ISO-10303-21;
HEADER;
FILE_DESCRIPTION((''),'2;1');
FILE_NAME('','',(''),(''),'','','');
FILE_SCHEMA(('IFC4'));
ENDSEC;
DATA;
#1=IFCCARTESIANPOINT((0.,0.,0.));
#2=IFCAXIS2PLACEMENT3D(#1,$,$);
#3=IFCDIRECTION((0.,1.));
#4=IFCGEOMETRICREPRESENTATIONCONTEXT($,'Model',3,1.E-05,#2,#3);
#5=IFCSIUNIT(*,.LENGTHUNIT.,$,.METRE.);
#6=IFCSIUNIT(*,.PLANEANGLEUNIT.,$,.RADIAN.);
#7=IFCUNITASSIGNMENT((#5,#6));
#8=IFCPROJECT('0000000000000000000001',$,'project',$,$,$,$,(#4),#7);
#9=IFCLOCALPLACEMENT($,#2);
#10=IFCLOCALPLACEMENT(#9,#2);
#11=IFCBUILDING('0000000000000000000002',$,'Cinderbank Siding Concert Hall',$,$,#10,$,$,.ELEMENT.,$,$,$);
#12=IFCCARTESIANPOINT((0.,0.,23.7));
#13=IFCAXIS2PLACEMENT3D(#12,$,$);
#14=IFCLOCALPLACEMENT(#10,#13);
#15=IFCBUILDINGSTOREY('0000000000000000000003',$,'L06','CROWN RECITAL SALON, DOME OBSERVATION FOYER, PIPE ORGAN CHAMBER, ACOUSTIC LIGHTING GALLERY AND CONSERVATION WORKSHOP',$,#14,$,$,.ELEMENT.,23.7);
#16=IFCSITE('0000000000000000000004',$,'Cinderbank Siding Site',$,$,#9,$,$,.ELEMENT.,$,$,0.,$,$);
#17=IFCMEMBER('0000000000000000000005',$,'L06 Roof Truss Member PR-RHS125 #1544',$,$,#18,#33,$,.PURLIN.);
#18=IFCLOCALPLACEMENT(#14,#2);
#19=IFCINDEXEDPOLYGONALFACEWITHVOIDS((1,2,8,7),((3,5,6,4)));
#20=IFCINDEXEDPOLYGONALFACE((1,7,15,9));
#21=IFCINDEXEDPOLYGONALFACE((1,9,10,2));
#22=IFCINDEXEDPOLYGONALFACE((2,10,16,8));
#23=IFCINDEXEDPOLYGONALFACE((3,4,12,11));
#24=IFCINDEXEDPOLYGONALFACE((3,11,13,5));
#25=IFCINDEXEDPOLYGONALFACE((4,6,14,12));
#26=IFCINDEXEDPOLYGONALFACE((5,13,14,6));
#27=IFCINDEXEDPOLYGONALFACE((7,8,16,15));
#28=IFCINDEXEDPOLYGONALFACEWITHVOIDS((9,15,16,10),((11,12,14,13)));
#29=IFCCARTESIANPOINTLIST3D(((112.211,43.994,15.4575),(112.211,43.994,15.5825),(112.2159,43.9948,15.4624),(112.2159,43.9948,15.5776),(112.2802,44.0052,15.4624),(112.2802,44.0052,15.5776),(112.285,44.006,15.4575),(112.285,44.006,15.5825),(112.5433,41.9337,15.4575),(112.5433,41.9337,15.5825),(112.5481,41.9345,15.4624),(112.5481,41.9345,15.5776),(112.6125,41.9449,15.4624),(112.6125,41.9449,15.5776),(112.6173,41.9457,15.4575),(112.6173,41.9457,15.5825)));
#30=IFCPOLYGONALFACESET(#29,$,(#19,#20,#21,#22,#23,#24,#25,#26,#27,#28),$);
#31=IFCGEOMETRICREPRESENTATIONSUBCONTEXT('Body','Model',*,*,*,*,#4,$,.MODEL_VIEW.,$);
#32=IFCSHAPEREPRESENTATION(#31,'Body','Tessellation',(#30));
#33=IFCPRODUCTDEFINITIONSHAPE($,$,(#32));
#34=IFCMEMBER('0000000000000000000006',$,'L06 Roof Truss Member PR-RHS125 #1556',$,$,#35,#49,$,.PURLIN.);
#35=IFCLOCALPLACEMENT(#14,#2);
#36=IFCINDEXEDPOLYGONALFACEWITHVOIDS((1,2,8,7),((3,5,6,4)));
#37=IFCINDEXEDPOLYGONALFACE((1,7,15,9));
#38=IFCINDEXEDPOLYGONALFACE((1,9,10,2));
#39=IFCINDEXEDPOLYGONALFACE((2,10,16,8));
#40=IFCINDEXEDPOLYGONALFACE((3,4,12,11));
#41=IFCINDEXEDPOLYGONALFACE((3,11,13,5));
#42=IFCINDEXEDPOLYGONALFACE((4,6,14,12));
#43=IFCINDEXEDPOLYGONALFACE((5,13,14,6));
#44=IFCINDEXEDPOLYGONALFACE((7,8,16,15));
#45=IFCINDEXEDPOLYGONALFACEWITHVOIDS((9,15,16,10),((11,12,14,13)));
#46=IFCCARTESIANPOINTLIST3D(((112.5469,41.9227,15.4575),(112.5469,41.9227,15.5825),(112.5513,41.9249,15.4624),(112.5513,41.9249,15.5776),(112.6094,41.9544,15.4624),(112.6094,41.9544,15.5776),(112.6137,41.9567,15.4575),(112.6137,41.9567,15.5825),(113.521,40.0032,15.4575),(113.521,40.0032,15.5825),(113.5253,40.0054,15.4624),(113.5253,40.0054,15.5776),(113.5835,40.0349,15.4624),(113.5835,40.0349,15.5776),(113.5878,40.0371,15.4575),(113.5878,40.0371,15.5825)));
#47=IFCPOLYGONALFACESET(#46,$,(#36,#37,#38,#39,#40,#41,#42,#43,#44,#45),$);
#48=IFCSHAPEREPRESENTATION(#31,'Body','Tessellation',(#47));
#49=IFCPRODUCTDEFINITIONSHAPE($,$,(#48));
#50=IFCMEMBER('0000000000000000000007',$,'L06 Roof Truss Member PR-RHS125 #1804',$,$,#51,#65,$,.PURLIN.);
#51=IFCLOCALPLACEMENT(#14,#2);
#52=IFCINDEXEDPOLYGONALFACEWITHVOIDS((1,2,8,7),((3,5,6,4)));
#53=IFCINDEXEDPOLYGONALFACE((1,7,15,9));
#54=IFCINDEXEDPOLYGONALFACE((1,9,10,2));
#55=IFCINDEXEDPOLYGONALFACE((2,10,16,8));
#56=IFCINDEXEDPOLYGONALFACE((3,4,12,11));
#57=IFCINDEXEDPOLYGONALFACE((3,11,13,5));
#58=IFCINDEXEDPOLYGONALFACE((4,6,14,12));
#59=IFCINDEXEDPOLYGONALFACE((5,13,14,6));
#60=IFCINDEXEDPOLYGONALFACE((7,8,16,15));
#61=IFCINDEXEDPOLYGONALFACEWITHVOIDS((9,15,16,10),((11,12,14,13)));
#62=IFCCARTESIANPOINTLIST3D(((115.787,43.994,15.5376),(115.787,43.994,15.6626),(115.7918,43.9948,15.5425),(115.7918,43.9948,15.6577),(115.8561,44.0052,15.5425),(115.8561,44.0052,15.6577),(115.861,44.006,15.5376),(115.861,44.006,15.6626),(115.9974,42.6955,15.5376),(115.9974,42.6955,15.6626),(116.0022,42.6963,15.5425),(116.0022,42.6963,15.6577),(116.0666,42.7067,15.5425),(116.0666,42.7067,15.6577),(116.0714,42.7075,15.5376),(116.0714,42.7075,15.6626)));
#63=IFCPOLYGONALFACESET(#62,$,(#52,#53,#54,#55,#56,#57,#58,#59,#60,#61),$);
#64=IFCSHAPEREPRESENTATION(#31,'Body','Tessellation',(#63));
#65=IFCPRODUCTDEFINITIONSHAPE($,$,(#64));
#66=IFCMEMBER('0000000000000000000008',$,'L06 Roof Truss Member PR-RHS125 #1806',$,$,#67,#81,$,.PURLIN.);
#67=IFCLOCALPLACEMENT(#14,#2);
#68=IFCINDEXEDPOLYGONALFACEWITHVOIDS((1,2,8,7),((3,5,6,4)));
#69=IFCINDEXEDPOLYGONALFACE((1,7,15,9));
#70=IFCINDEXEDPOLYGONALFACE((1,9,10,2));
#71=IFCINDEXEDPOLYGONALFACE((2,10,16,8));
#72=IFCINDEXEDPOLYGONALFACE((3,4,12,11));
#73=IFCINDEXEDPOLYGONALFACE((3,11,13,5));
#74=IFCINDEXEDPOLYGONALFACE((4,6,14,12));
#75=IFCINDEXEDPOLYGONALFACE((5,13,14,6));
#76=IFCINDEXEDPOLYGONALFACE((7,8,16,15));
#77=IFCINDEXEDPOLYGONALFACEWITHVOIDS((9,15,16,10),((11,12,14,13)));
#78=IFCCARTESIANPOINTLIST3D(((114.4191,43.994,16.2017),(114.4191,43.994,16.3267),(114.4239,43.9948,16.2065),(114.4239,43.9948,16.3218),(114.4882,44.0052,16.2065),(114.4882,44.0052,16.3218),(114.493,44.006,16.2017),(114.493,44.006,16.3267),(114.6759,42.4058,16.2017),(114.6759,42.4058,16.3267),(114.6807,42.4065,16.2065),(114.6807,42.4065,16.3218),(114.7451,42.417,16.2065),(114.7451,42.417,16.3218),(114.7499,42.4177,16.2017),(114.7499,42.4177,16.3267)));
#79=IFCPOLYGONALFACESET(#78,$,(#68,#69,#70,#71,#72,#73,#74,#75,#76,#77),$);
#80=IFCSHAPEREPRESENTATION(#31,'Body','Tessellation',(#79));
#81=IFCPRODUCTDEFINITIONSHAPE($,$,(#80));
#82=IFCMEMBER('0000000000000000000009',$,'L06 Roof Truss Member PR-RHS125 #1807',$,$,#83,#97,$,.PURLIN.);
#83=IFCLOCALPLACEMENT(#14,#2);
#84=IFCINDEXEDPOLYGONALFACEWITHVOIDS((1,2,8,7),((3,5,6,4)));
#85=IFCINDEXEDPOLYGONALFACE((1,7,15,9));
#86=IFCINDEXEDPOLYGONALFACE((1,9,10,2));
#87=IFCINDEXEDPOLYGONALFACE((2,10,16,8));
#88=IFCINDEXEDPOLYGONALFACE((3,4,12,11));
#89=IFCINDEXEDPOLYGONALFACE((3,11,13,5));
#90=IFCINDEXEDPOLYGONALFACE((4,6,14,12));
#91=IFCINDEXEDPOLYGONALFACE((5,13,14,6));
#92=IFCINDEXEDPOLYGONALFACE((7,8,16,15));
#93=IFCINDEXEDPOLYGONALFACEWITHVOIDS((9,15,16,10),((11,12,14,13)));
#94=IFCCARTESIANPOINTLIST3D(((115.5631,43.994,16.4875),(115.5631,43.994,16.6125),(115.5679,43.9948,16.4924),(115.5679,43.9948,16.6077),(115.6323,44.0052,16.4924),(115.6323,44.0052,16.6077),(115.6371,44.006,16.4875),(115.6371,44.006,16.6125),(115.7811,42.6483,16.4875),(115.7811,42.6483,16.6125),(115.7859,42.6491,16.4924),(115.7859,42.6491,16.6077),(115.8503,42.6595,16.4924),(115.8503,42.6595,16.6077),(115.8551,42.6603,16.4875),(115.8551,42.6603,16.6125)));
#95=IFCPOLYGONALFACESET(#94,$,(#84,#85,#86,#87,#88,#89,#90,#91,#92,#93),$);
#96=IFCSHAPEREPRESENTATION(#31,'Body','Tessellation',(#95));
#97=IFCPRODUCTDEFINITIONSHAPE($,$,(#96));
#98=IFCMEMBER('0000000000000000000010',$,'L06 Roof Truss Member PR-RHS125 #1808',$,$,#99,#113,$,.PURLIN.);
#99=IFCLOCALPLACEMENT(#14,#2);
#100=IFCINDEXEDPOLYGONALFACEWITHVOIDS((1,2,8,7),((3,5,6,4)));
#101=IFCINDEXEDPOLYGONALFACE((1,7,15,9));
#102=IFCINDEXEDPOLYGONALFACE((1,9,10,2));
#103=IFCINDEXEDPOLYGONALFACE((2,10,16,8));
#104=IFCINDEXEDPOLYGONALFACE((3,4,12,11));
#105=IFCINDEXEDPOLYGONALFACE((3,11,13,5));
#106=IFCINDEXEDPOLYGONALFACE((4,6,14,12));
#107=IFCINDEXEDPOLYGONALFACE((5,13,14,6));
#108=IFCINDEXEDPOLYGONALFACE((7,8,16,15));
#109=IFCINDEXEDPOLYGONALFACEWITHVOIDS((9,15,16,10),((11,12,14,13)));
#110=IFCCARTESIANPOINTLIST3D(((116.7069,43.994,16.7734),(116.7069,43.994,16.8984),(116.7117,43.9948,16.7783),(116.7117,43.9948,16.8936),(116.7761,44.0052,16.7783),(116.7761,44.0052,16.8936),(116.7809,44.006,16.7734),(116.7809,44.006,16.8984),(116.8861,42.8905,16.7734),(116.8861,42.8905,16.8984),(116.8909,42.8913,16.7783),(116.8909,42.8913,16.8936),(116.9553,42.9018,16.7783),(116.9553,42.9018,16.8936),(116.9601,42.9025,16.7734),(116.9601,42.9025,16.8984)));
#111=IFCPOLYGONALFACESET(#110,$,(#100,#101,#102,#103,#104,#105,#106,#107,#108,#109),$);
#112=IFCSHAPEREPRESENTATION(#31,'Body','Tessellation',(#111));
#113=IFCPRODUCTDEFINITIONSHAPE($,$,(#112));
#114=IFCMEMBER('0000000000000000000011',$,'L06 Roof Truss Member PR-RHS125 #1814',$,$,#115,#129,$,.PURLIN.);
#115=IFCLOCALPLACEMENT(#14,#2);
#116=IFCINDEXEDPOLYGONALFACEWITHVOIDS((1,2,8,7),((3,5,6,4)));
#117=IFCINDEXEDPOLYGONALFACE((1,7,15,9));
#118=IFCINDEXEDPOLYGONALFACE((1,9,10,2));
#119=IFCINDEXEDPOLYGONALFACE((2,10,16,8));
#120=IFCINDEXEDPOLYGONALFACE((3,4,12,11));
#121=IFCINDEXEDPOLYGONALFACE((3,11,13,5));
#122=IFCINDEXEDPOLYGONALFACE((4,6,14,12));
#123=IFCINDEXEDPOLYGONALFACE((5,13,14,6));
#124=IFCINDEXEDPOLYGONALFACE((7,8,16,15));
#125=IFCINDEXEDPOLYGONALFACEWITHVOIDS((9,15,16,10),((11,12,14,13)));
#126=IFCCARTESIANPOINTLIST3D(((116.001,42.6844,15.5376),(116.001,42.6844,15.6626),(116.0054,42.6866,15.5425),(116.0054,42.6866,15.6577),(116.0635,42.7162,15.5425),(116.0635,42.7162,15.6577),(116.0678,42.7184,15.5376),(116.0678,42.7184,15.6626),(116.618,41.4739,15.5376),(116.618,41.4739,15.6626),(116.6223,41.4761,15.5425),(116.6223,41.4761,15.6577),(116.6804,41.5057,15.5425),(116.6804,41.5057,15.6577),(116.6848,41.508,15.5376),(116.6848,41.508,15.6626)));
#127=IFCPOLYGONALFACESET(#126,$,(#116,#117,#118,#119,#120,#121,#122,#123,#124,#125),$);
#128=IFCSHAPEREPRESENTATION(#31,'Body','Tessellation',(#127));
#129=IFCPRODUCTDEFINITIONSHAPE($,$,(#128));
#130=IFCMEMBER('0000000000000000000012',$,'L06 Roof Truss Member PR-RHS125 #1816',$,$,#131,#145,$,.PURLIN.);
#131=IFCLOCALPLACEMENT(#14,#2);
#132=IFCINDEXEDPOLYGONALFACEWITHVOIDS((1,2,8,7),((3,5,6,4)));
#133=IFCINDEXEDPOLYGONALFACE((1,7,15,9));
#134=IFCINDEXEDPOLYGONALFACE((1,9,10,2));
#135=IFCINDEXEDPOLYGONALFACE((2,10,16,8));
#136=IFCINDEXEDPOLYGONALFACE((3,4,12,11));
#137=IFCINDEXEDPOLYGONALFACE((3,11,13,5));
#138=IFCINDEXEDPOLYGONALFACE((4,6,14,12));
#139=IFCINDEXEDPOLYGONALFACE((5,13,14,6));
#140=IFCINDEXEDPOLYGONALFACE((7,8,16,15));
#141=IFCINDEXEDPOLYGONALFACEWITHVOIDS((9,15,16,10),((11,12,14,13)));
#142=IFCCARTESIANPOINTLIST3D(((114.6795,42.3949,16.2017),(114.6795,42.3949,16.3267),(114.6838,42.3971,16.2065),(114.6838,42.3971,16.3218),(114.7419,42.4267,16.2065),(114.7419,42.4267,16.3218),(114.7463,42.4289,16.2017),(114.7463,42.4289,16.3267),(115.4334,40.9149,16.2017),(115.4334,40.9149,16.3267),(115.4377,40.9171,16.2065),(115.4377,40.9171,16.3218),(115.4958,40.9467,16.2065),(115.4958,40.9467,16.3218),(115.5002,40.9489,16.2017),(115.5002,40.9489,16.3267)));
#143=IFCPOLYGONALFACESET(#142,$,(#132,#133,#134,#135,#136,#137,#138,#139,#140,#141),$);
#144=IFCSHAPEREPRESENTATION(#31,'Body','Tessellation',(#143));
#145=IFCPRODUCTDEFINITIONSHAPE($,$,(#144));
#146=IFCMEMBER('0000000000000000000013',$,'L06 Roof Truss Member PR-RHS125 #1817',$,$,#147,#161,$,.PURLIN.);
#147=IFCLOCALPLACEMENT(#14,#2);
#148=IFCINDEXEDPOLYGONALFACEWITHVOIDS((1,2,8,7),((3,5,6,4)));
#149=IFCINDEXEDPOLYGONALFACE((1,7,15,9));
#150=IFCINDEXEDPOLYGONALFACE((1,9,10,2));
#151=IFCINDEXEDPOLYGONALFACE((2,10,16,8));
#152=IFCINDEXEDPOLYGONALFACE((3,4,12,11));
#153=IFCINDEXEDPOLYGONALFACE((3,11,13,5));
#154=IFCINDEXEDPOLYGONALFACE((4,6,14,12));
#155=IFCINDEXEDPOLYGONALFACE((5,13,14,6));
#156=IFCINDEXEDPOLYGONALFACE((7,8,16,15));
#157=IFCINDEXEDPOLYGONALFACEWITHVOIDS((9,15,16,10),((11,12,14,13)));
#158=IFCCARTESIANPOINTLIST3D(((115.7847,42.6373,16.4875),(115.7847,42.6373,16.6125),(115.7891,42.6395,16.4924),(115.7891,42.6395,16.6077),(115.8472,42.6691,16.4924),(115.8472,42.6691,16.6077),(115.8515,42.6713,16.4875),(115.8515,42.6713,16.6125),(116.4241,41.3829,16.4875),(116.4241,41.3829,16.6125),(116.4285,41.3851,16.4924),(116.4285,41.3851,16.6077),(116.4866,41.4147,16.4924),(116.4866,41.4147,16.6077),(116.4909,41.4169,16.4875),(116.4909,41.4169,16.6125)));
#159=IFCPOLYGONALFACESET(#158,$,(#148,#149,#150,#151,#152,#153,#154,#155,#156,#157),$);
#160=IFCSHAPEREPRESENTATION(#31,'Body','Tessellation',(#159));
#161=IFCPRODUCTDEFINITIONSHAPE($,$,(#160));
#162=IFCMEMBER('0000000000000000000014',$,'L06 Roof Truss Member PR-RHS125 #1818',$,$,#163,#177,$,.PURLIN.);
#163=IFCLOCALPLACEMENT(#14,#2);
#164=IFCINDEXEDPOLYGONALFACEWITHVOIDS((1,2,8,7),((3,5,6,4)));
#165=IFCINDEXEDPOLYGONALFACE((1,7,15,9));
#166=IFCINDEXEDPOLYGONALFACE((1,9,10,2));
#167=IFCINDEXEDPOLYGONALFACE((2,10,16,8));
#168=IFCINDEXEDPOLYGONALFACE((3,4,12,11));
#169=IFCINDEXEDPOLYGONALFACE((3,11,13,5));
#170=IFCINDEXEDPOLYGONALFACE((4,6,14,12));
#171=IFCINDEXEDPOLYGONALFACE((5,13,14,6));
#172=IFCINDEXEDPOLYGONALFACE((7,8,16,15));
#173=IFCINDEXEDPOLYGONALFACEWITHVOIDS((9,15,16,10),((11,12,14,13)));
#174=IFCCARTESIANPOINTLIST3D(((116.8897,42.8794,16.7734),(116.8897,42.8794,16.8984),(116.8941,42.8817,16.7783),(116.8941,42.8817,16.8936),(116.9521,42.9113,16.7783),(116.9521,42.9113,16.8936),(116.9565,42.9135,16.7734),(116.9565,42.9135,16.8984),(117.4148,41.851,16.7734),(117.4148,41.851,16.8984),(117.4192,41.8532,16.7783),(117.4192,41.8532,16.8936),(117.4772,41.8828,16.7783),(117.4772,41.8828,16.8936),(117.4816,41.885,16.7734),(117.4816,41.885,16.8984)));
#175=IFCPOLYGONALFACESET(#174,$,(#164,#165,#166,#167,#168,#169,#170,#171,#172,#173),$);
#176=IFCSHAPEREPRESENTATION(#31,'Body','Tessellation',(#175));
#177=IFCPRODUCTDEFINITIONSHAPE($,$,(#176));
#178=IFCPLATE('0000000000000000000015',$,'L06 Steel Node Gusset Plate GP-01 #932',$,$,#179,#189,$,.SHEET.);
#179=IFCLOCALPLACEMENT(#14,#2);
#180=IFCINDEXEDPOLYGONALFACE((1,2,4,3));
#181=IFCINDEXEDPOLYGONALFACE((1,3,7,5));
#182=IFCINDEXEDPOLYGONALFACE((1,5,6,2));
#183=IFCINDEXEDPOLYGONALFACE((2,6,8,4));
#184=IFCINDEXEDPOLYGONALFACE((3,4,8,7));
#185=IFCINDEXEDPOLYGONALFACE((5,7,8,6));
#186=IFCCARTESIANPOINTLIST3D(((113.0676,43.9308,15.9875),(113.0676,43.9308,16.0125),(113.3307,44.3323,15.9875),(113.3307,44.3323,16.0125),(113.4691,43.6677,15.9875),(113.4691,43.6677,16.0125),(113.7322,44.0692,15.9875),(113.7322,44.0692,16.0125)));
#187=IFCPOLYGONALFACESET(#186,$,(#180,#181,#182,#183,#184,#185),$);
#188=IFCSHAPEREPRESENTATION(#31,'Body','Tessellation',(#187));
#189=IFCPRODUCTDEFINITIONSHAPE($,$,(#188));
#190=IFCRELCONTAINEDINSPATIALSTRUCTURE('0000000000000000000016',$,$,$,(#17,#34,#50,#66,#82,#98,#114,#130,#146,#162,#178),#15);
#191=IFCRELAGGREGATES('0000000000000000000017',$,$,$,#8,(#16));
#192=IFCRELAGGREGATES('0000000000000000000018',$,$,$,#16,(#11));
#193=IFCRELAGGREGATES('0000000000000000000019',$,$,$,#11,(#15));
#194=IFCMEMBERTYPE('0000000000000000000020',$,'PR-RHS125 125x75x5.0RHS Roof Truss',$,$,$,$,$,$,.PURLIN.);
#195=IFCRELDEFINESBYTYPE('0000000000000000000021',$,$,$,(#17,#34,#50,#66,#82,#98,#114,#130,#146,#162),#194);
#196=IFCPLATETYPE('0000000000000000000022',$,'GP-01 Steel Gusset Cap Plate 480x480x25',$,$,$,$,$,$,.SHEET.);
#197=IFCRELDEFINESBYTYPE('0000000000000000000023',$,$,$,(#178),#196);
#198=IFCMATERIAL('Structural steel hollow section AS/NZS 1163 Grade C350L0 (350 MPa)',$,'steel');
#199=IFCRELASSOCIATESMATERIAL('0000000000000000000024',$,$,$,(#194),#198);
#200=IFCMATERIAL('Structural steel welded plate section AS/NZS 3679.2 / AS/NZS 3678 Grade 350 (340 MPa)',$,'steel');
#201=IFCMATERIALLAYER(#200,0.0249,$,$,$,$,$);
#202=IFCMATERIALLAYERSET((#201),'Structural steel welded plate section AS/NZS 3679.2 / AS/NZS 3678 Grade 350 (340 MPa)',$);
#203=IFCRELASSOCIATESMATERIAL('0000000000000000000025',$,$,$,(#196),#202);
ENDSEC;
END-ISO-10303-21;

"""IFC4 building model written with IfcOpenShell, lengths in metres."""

from ifc_helpers import new_model, si_unit, direction, frame, origin, origin_2d, place, context, subcontext, project, spatial, rectangle, hollow_rectangle, extrude, material, layer, layer_set, material_profile, profile_set, type_object, element, save


model = new_model("IFC4")

# Units and contexts
model_context = context("Model", 3, precision=1e-05, world=origin(), true_north=direction((0.0, 1.0)))
body_context = subcontext(model_context, "Body", "Model", "MODEL_VIEW")
ifc_project = project(units=[si_unit("LENGTHUNIT", "METRE"), si_unit("PLANEANGLEUNIT", "RADIAN")], contexts=[model_context])

# Site, building, storey
site_placement = place(None, origin())
site = spatial("IfcSite", under=ifc_project, at=site_placement, Name="Cinderbank Siding Site", CompositionType="ELEMENT", RefElevation=0.0)
building_placement = place(site_placement, origin())
building = spatial("IfcBuilding", under=site, at=building_placement, Name="Cinderbank Siding Concert Hall", CompositionType="ELEMENT")
storey_placement = place(building_placement, frame((0.0, 0.0, 23.7)))
storey = spatial("IfcBuildingStorey", under=building, at=storey_placement, Name="L06", Description="CROWN RECITAL SALON, DOME OBSERVATION FOYER, PIPE ORGAN CHAMBER, ACOUSTIC LIGHTING GALLERY AND CONSERVATION WORKSHOP", CompositionType="ELEMENT", Elevation=23.7)

# Members
ifc_material_1 = material(Name="Structural steel hollow section AS/NZS 1163 Grade C350L0 (350 MPa)", Category="steel")
ifc_material_profile_1 = material_profile(ifc_material_1, hollow_rectangle(XDim=0.075, YDim=0.125, WallThickness=0.0049, at=origin_2d()), Name="125x75x5.0RHS", Category="LoadBearing")
ifc_profile_set_1 = profile_set([ifc_material_profile_1], Name="Structural steel hollow section AS/NZS 1163 Grade C350L0 (350 MPa)")
member_type_1 = type_object("IfcMemberType", Name="PR-RHS125 125x75x5.0RHS Roof Truss", PredefinedType="PURLIN", material=ifc_profile_set_1)
member_1_placement = place(storey_placement, frame((112.248, 44.0, 15.52), z_axis=(0.159218, -0.987243, 0.0), x_axis=(0.987243, 0.159218, 0.0)))
element("IfcMember", 1, at=member_1_placement, inside=storey, type_object=member_type_1, Name="L06 Roof Truss Member PR-RHS125 #1544", PredefinedType="PURLIN", context=body_context, shape_type="SweptSolid", body=[
    extrude(hollow_rectangle(XDim=0.075, YDim=0.125, WallThickness=0.0049, at=origin_2d()), origin(), (0.0, 0.0, 1.0), 2.0869),
])
member_2_placement = place(storey_placement, frame((112.5803, 41.9397, 15.52), z_axis=(0.452513, -0.891758, 0.0), x_axis=(0.891758, 0.452513, 0.0)))
element("IfcMember", 2, at=member_2_placement, inside=storey, type_object=member_type_1, Name="L06 Roof Truss Member PR-RHS125 #1556", PredefinedType="PURLIN", context=body_context, shape_type="SweptSolid", body=[
    extrude(hollow_rectangle(XDim=0.075, YDim=0.125, WallThickness=0.0049, at=origin_2d()), origin(), (0.0, 0.0, 1.0), 2.1526),
])
member_3_placement = place(storey_placement, frame((115.824, 44.0, 15.6001), z_axis=(0.159973, -0.987121, 0.0), x_axis=(0.987121, 0.159973, 0.0)))
element("IfcMember", 3, at=member_3_placement, inside=storey, type_object=member_type_1, Name="L06 Roof Truss Member PR-RHS125 #1804", PredefinedType="PURLIN", context=body_context, shape_type="SweptSolid", body=[
    extrude(hollow_rectangle(XDim=0.075, YDim=0.125, WallThickness=0.0049, at=origin_2d()), origin(), (0.0, 0.0, 1.0), 1.3154),
])
member_4_placement = place(storey_placement, frame((114.4561, 44.0, 16.2642), z_axis=(0.159648, -0.987174, 0.0), x_axis=(0.987174, 0.159648, 0.0)))
element("IfcMember", 4, at=member_4_placement, inside=storey, type_object=member_type_1, Name="L06 Roof Truss Member PR-RHS125 #1806", PredefinedType="PURLIN", context=body_context, shape_type="SweptSolid", body=[
    extrude(hollow_rectangle(XDim=0.075, YDim=0.125, WallThickness=0.0049, at=origin_2d()), origin(), (0.0, 0.0, 1.0), 1.6089),
])
member_5_placement = place(storey_placement, frame((115.6001, 44.0, 16.55), z_axis=(0.159925, -0.987129, 0.0), x_axis=(0.987129, 0.159925, 0.0)))
element("IfcMember", 5, at=member_5_placement, inside=storey, type_object=member_type_1, Name="L06 Roof Truss Member PR-RHS125 #1807", PredefinedType="PURLIN", context=body_context, shape_type="SweptSolid", body=[
    extrude(hollow_rectangle(XDim=0.075, YDim=0.125, WallThickness=0.0049, at=origin_2d()), origin(), (0.0, 0.0, 1.0), 1.3633),
])
member_6_placement = place(storey_placement, frame((116.7439, 44.0, 16.8359), z_axis=(0.16029, -0.98707, 0.0), x_axis=(0.98707, 0.16029, 0.0)))
element("IfcMember", 6, at=member_6_placement, inside=storey, type_object=member_type_1, Name="L06 Roof Truss Member PR-RHS125 #1808", PredefinedType="PURLIN", context=body_context, shape_type="SweptSolid", body=[
    extrude(hollow_rectangle(XDim=0.075, YDim=0.125, WallThickness=0.0049, at=origin_2d()), origin(), (0.0, 0.0, 1.0), 1.1179),
])
member_7_placement = place(storey_placement, frame((116.0344, 42.7014, 15.6001), z_axis=(0.454101, -0.89095, 0.0), x_axis=(0.89095, 0.454101, 0.0)))
element("IfcMember", 7, at=member_7_placement, inside=storey, type_object=member_type_1, Name="L06 Roof Truss Member PR-RHS125 #1814", PredefinedType="PURLIN", context=body_context, shape_type="SweptSolid", body=[
    extrude(hollow_rectangle(XDim=0.075, YDim=0.125, WallThickness=0.0049, at=origin_2d()), origin(), (0.0, 0.0, 1.0), 1.3586),
])
member_8_placement = place(storey_placement, frame((114.7129, 42.4119, 16.2642), z_axis=(0.453904, -0.891051, 0.0), x_axis=(0.891051, 0.453904, 0.0)))
element("IfcMember", 8, at=member_8_placement, inside=storey, type_object=member_type_1, Name="L06 Roof Truss Member PR-RHS125 #1816", PredefinedType="PURLIN", context=body_context, shape_type="SweptSolid", body=[
    extrude(hollow_rectangle(XDim=0.075, YDim=0.125, WallThickness=0.0049, at=origin_2d()), origin(), (0.0, 0.0, 1.0), 1.6609),
])
member_9_placement = place(storey_placement, frame((115.8181, 42.6543, 16.55), z_axis=(0.454136, -0.890932, 0.0), x_axis=(0.890932, 0.454136, 0.0)))
element("IfcMember", 9, at=member_9_placement, inside=storey, type_object=member_type_1, Name="L06 Roof Truss Member PR-RHS125 #1817", PredefinedType="PURLIN", context=body_context, shape_type="SweptSolid", body=[
    extrude(hollow_rectangle(XDim=0.075, YDim=0.125, WallThickness=0.0049, at=origin_2d()), origin(), (0.0, 0.0, 1.0), 1.408),
])
member_10_placement = place(storey_placement, frame((116.9231, 42.8965, 16.8359), z_axis=(0.454724, -0.890633, 0.0), x_axis=(0.890633, 0.454724, 0.0)))
element("IfcMember", 10, at=member_10_placement, inside=storey, type_object=member_type_1, Name="L06 Roof Truss Member PR-RHS125 #1818", PredefinedType="PURLIN", context=body_context, shape_type="SweptSolid", body=[
    extrude(hollow_rectangle(XDim=0.075, YDim=0.125, WallThickness=0.0049, at=origin_2d()), origin(), (0.0, 0.0, 1.0), 1.1548),
])

# Plate
ifc_material_2 = material(Name="Structural steel welded plate section AS/NZS 3679.2 / AS/NZS 3678 Grade 350 (340 MPa)", Category="steel")
ifc_layer_1 = layer(ifc_material_2, 0.0249)
ifc_layer_set_1 = layer_set([ifc_layer_1], Name="Structural steel welded plate section AS/NZS 3679.2 / AS/NZS 3678 Grade 350 (340 MPa)")
plate_type_1 = type_object("IfcPlateType", Name="GP-01 Steel Gusset Cap Plate 480x480x25", PredefinedType="SHEET", material=ifc_layer_set_1)
plate_1_placement = place(storey_placement, frame((113.3999, 44.0, 15.9875), z_axis=(0.0, 0.0, 1.0), x_axis=(0.836382, -0.548147, 0.0)))
element("IfcPlate", 11, at=plate_1_placement, inside=storey, type_object=plate_type_1, Name="L06 Steel Node Gusset Plate GP-01 #932", PredefinedType="SHEET", context=body_context, shape_type="SweptSolid", body=[
    extrude(rectangle(XDim=0.48, YDim=0.48, at=origin_2d()), origin(), (0.0, 0.0, 1.0), 0.0249),
])

save(model, "model.ifc")
